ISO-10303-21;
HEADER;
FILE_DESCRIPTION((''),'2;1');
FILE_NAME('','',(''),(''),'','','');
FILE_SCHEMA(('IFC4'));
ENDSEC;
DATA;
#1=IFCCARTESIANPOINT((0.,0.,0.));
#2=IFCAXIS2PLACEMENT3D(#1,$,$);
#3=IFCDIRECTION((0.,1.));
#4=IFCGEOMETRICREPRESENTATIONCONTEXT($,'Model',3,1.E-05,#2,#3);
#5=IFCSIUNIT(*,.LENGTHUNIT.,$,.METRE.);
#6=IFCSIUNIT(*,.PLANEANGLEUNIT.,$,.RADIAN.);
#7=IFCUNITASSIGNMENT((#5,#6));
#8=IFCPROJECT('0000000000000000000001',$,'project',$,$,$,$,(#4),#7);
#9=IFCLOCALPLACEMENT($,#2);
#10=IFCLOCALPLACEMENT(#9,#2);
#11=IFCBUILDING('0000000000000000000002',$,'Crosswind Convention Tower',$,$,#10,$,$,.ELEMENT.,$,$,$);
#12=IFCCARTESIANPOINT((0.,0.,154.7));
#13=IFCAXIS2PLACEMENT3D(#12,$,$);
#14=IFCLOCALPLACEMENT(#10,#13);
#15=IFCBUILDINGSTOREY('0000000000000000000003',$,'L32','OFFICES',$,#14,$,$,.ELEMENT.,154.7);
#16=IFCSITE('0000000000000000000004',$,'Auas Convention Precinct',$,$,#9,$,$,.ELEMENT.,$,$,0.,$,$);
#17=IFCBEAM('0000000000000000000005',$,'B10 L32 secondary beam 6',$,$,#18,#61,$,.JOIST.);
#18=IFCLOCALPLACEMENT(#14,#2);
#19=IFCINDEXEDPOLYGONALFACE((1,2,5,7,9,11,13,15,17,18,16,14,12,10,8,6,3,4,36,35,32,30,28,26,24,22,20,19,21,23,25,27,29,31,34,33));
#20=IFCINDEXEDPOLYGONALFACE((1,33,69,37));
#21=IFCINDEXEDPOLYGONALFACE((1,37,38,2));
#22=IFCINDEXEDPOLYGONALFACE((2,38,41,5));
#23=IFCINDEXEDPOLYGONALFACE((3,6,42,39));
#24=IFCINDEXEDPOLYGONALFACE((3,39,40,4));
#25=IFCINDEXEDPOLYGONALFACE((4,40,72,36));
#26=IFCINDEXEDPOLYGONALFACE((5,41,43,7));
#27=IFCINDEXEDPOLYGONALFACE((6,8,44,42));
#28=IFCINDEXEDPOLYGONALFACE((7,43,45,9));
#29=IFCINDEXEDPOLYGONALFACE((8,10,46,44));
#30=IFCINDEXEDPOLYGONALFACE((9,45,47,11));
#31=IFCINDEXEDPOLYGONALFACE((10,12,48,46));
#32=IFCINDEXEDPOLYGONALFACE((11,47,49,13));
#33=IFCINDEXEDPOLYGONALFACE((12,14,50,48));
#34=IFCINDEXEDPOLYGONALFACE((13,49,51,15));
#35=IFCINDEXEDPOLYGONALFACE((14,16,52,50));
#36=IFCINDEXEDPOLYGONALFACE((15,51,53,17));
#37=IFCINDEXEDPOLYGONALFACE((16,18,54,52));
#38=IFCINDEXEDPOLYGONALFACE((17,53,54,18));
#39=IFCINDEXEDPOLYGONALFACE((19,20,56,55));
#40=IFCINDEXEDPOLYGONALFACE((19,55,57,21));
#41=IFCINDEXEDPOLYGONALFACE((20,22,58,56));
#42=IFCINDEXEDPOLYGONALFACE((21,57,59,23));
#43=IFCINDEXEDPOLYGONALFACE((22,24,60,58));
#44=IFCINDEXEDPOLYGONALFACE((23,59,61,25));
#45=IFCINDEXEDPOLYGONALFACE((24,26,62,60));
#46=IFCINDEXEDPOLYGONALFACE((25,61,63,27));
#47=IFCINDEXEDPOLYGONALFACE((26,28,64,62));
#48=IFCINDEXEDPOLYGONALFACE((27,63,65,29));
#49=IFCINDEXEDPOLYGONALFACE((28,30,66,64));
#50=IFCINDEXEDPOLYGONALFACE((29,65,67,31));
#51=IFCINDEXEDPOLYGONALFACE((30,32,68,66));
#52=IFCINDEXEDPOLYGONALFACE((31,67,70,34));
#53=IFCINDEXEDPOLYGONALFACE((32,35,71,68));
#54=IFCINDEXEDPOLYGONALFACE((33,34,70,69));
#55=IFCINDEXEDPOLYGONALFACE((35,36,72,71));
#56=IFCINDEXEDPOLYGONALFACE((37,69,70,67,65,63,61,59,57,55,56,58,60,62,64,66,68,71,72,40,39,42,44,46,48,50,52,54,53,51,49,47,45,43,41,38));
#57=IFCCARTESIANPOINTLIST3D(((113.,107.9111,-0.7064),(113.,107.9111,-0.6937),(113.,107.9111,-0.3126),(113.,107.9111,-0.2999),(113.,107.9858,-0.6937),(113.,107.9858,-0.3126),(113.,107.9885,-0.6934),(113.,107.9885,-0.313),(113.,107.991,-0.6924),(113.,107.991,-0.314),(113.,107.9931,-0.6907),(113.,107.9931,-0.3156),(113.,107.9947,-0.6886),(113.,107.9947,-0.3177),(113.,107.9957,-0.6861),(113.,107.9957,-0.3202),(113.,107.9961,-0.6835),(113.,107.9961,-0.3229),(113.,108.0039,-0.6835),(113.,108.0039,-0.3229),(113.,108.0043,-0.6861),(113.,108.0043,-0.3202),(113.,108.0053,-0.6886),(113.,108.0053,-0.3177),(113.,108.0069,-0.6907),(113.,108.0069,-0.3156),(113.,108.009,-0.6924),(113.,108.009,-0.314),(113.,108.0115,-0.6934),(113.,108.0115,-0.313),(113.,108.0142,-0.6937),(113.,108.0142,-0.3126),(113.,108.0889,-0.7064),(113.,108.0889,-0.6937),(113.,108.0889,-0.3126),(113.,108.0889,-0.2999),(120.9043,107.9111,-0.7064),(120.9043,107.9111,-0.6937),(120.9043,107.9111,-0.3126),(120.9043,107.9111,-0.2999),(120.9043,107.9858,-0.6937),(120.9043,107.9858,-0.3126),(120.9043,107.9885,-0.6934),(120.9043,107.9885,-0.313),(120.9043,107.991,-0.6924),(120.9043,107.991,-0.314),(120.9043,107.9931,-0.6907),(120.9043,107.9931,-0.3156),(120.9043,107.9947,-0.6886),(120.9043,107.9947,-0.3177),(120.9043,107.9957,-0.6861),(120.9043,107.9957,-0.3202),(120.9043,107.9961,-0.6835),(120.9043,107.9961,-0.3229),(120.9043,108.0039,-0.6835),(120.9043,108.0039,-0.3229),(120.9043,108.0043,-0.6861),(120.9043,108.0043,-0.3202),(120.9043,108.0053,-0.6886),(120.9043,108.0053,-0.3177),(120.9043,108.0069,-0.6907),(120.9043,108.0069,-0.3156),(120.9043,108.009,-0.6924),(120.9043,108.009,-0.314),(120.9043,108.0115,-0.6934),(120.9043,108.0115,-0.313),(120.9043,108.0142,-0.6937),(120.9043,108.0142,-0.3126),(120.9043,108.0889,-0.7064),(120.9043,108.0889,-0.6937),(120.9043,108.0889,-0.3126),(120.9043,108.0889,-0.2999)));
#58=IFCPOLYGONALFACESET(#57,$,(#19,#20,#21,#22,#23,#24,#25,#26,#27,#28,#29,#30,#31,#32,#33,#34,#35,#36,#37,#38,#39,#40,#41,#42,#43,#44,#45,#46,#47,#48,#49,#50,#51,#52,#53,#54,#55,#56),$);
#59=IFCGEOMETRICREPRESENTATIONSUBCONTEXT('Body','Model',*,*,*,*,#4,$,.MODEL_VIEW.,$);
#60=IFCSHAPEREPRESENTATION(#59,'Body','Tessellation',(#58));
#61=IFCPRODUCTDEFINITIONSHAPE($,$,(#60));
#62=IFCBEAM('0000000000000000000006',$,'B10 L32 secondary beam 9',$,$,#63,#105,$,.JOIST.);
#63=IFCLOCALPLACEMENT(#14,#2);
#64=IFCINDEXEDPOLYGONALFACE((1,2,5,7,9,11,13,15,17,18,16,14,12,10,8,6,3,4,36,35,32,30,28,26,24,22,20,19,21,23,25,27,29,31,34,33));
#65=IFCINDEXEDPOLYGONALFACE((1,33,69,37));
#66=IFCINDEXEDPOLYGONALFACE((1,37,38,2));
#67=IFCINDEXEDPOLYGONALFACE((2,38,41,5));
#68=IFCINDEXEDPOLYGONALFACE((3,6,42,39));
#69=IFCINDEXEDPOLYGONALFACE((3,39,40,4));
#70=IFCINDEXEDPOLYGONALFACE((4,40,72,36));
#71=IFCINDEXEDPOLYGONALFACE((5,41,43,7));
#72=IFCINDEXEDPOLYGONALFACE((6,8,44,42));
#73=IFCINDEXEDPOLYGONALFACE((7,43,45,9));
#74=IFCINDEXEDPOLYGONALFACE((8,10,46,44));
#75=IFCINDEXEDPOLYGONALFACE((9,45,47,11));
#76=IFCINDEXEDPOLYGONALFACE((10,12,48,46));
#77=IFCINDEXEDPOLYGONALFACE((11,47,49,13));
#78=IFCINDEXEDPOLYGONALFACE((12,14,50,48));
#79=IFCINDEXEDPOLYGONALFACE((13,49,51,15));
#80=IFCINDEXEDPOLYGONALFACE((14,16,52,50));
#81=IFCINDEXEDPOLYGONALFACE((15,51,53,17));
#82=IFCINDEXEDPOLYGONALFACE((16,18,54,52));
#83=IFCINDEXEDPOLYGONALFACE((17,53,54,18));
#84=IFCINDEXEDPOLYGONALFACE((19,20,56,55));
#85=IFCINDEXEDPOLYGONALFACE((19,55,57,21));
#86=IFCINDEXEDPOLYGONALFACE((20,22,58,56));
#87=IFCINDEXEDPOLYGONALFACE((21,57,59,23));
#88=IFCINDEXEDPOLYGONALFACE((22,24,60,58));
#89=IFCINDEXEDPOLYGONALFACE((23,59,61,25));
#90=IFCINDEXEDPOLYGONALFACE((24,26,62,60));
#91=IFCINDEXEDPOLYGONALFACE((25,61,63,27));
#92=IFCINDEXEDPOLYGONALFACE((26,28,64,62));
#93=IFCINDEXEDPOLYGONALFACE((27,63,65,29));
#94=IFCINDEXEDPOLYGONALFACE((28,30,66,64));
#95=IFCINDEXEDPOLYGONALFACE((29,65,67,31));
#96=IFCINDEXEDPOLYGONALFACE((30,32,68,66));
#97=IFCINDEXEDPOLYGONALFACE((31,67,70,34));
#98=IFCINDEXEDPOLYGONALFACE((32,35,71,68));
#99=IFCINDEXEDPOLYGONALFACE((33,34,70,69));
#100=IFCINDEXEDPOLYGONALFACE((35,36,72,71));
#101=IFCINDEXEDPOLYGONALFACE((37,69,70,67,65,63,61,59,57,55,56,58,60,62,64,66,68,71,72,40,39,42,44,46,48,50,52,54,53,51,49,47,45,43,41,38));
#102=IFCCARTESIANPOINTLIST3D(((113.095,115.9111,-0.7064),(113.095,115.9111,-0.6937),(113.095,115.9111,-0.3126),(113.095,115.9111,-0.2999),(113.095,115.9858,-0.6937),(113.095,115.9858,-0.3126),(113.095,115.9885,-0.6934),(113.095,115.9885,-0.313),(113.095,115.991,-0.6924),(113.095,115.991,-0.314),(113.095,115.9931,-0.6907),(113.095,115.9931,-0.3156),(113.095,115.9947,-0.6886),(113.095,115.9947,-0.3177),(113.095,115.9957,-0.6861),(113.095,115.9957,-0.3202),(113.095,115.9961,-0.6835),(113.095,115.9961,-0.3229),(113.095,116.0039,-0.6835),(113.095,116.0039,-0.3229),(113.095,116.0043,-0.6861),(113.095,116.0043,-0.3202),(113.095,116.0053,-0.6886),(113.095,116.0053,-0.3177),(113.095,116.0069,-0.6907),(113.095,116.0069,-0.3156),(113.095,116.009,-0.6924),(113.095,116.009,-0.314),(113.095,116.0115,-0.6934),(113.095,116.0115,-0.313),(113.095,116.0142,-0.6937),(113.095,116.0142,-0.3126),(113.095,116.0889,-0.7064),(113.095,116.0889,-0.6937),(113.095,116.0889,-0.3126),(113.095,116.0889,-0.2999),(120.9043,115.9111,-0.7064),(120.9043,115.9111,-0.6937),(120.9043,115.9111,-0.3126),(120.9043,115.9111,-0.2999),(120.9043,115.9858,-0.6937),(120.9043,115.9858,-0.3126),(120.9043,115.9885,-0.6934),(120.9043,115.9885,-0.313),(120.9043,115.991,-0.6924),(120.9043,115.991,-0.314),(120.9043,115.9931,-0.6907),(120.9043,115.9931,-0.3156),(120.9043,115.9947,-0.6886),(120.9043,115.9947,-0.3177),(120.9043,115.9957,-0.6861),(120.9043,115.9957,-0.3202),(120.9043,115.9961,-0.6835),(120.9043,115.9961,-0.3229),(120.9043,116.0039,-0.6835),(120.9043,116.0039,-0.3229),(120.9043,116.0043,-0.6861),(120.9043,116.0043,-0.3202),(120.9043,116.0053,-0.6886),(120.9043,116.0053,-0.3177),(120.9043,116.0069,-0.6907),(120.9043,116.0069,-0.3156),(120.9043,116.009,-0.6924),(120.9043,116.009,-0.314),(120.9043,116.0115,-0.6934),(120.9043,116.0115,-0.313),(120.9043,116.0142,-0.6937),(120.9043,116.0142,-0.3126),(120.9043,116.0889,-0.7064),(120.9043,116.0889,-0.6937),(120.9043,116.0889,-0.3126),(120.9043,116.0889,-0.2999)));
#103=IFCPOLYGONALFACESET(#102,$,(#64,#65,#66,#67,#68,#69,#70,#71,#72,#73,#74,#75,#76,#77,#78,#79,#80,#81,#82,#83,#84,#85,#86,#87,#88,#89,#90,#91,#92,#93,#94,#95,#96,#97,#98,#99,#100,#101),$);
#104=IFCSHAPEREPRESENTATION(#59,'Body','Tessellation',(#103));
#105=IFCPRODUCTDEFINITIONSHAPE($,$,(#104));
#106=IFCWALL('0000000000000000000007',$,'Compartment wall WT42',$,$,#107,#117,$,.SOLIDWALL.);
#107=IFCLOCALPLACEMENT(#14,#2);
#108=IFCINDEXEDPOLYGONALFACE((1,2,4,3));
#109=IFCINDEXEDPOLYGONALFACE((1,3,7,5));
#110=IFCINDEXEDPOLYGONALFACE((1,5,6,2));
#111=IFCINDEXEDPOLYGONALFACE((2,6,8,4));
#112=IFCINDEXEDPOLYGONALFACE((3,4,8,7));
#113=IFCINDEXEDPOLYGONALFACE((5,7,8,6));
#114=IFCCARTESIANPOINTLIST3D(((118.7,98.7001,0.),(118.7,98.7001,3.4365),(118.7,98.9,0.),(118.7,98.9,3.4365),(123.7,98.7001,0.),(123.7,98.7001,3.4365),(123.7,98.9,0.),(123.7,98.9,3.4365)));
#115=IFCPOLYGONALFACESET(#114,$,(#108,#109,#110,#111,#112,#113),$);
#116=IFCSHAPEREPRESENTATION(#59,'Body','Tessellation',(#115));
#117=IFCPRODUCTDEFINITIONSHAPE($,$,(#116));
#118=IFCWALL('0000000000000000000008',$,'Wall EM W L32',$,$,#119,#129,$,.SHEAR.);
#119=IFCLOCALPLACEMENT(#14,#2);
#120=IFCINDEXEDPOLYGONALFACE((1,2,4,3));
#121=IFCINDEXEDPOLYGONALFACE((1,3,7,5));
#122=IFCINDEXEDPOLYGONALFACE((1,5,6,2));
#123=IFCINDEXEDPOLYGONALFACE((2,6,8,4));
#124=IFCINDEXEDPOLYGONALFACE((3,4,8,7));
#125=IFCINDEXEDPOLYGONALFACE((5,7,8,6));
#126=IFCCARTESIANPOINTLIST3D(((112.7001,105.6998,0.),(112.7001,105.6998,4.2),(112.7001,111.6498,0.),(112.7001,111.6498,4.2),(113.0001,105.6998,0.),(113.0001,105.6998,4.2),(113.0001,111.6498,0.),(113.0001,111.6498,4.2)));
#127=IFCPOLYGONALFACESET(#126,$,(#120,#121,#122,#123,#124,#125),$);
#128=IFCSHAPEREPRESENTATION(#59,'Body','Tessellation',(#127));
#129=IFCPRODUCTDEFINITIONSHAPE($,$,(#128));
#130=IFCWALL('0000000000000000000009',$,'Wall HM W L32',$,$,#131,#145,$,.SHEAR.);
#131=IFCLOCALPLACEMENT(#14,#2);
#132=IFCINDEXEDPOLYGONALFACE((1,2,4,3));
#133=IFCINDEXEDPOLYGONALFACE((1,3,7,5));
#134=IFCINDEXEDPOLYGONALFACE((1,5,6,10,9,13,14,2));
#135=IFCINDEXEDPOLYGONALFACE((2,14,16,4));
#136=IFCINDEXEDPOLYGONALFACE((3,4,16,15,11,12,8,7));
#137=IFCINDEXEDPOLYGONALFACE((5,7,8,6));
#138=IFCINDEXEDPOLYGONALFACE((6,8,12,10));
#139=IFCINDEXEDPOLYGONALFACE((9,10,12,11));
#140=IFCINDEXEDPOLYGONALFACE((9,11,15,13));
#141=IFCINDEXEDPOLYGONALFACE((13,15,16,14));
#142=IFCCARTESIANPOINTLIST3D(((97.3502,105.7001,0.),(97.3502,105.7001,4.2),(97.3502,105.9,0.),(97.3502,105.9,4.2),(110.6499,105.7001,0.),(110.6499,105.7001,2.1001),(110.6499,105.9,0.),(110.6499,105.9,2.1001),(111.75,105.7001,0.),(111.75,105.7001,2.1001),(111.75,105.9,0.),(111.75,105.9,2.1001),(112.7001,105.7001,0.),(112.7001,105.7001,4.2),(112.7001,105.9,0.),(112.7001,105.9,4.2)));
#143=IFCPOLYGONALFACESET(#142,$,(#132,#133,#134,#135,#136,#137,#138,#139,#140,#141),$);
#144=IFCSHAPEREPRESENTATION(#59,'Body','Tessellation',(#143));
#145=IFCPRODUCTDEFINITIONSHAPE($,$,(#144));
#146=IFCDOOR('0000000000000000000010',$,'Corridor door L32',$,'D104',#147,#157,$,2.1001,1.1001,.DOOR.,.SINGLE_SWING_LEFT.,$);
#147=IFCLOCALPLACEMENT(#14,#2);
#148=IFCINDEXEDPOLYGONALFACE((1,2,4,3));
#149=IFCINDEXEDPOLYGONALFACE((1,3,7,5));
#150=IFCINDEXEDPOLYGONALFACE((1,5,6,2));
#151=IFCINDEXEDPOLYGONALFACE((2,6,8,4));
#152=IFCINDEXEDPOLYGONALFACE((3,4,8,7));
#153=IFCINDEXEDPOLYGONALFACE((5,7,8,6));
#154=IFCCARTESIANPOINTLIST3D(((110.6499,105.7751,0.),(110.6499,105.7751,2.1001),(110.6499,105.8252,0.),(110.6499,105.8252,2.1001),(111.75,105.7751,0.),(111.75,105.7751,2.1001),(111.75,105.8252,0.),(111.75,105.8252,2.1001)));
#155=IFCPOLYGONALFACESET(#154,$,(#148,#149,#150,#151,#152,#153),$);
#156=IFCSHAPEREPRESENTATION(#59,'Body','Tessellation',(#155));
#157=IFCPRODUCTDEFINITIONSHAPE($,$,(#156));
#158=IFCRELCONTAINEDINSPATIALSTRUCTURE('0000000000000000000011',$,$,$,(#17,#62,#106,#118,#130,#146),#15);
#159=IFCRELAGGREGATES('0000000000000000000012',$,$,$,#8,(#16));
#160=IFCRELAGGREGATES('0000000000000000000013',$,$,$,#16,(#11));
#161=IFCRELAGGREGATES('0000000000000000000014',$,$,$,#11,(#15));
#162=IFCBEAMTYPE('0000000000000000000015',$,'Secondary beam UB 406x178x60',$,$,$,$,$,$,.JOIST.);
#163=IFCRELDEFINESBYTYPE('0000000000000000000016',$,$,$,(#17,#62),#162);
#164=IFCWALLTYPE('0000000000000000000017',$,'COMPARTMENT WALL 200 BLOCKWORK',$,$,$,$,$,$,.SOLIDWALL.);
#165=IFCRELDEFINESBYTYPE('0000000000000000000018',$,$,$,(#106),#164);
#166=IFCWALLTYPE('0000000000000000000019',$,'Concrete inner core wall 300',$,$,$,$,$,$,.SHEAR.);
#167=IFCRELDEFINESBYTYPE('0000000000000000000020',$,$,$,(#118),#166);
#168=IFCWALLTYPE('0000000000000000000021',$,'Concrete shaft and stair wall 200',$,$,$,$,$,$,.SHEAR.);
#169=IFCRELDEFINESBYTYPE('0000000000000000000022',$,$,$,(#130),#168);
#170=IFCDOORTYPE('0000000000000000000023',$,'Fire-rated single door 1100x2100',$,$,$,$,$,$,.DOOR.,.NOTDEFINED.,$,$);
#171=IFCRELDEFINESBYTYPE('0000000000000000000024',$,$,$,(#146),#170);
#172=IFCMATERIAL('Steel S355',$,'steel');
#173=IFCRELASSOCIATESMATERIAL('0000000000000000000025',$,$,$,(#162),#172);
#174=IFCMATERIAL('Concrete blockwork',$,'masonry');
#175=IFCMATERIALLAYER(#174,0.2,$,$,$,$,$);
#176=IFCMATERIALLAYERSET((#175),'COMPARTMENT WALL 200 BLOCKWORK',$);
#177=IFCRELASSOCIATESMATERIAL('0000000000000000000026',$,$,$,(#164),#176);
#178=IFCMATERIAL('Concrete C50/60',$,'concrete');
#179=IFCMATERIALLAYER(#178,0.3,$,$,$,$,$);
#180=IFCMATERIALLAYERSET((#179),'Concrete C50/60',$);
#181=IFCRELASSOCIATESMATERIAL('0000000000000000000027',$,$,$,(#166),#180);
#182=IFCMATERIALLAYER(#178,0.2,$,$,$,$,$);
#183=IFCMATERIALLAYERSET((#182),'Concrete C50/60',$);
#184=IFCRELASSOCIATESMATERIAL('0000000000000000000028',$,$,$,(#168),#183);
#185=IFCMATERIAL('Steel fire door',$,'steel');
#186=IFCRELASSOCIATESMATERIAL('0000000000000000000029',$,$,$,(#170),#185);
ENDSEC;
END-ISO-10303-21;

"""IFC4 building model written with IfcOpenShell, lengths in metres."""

from ifc_helpers import new_model, si_unit, direction, frame, frame_2d, origin, origin_2d, place, context, subcontext, project, spatial, rectangle, i_section, extrude, material, layer, layer_set, material_profile, profile_set, type_object, element, fill, save


model = new_model("IFC4")

# Units and contexts
model_context = context("Model", 3, precision=1e-05, world=origin(), true_north=direction((0.0, 1.0)))
body_context = subcontext(model_context, "Body", "Model", "MODEL_VIEW")
ifc_project = project(units=[si_unit("LENGTHUNIT", "METRE"), si_unit("PLANEANGLEUNIT", "RADIAN")], contexts=[model_context])

# Site, building, storey
site_placement = place(None, origin())
site = spatial("IfcSite", under=ifc_project, at=site_placement, Name="Auas Convention Precinct", CompositionType="ELEMENT", RefElevation=0.0)
building_placement = place(site_placement, origin())
building = spatial("IfcBuilding", under=site, at=building_placement, Name="Crosswind Convention Tower", CompositionType="ELEMENT")
storey_placement = place(building_placement, frame((0.0, 0.0, 154.7)))
storey = spatial("IfcBuildingStorey", under=building, at=storey_placement, Name="L32", Description="OFFICES", CompositionType="ELEMENT", Elevation=154.7)

# Shared definitions
ifc_material_1 = material(Name="Steel S355", Category="steel")

# Beams
ifc_material_profile_1 = material_profile(ifc_material_1, i_section(OverallWidth=0.1777, OverallDepth=0.4065, WebThickness=0.0078, FlangeThickness=0.0127, FilletRadius=0.0103, at=origin_2d()), Name="UB 406x178x60")
ifc_profile_set_1 = profile_set([ifc_material_profile_1], Name="Steel S355")
beam_type_1 = type_object("IfcBeamType", Name="Secondary beam UB 406x178x60", PredefinedType="JOIST", material=ifc_profile_set_1)
for number, where, z_axis, x_axis, name in (
    (1, (113.0, 108.0, -0.5032), (1.0, 0.0, 0.0), (0.0, 1.0, 0.0), "B10 L32 secondary beam 6"),
):
    element("IfcBeam", number, at=place(storey_placement, frame(where, z_axis=z_axis, x_axis=x_axis)), inside=storey, type_object=beam_type_1, Name=name, PredefinedType="JOIST", context=body_context, shape_type="SweptSolid", body=[
        extrude(i_section(OverallWidth=0.1777, OverallDepth=0.4065, WebThickness=0.0078, FlangeThickness=0.0127, FilletRadius=0.0103, at=origin_2d()), origin(), (0.0, 0.0, 1.0), 7.9043),
    ])
beam_1_placement = place(storey_placement, frame((113.095, 116.0, -0.5032), z_axis=(1.0, 0.0, 0.0), x_axis=(0.0, 1.0, 0.0)))
element("IfcBeam", 2, at=beam_1_placement, inside=storey, type_object=beam_type_1, Name="B10 L32 secondary beam 9", PredefinedType="JOIST", context=body_context, shape_type="SweptSolid", body=[
    extrude(i_section(OverallWidth=0.1777, OverallDepth=0.4065, WebThickness=0.0078, FlangeThickness=0.0127, FilletRadius=0.0103, at=origin_2d()), origin(), (0.0, 0.0, 1.0), 7.8093),
])

# Wall
ifc_material_2 = material(Name="Concrete blockwork", Category="masonry")
ifc_layer_1 = layer(ifc_material_2, 0.2)
ifc_layer_set_1 = layer_set([ifc_layer_1], Name="COMPARTMENT WALL 200 BLOCKWORK")
wall_type_1 = type_object("IfcWallType", Name="COMPARTMENT WALL 200 BLOCKWORK", PredefinedType="SOLIDWALL", material=ifc_layer_set_1)
wall_1_placement = place(storey_placement, frame((118.7, 98.8, 0.0), z_axis=(0.0, 0.0, 1.0), x_axis=(1.0, 0.0, 0.0)))
element("IfcWall", 3, at=wall_1_placement, inside=storey, type_object=wall_type_1, Name="Compartment wall WT42", PredefinedType="SOLIDWALL", context=body_context, shape_type="SweptSolid", body=[
    extrude(rectangle(XDim=5.0, YDim=0.2, at=frame_2d((2.5, 0.0))), origin(), (0.0, 0.0, 1.0), 3.4365),
])

# Shared definitions
ifc_material_3 = material(Name="Concrete C50/60", Category="concrete")
ifc_layer_2 = layer(ifc_material_3, 0.3)
ifc_layer_set_2 = layer_set([ifc_layer_2], Name="Concrete C50/60")
wall_type_2 = type_object("IfcWallType", Name="Concrete inner core wall 300", PredefinedType="SHEAR", material=ifc_layer_set_2)

# Wall
wall_2_placement = place(storey_placement, frame((112.8501, 111.6499, 0.0), z_axis=(0.0, 0.0, 1.0), x_axis=(0.0, -1.0, 0.0)))
element("IfcWall", 4, at=wall_2_placement, inside=storey, type_object=wall_type_2, Name="Wall EM W L32", PredefinedType="SHEAR", context=body_context, shape_type="SweptSolid", body=[
    extrude(rectangle(XDim=5.95, YDim=0.3, at=frame_2d((2.9751, 0.0))), origin(), (0.0, 0.0, 1.0), 4.2),
])

# Wall, opening, door
ifc_layer_3 = layer(ifc_material_3, 0.2)
ifc_layer_set_3 = layer_set([ifc_layer_3], Name="Concrete C50/60")
wall_type_3 = type_object("IfcWallType", Name="Concrete shaft and stair wall 200", PredefinedType="SHEAR", material=ifc_layer_set_3)
wall_3_placement = place(storey_placement, frame((112.7, 105.8, 0.0), z_axis=(0.0, 0.0, 1.0), x_axis=(-1.0, 0.0, 0.0)))
wall_3 = element("IfcWall", 5, at=wall_3_placement, inside=storey, type_object=wall_type_3, Name="Wall HM W L32", PredefinedType="SHEAR", context=body_context, shape_type="SweptSolid", body=[
    extrude(rectangle(XDim=15.3499, YDim=0.2, at=frame_2d((7.6748, 0.0))), origin(), (0.0, 0.0, 1.0), 4.2),
])
opening_1_placement = place(wall_3_placement, frame((0.95, 0.0, 0.0)))
opening_1 = element("IfcOpeningElement", 6, at=opening_1_placement, cuts=wall_3, PredefinedType="OPENING", context=body_context, shape_type="SweptSolid", body=[
    extrude(rectangle(XDim=1.1001, YDim=2.1001, at=frame_2d((0.55, 1.05))), frame((0.0, 0.1099, 0.0), z_axis=(0.0, -1.0, 0.0), x_axis=(1.0, 0.0, 0.0)), (0.0, 0.0, 1.0), 0.22),
])
ifc_material_4 = material(Name="Steel fire door", Category="steel")
door_type_1 = type_object("IfcDoorType", Name="Fire-rated single door 1100x2100", OperationType="NOTDEFINED", PredefinedType="DOOR", material=ifc_material_4)
door_1_placement = place(opening_1_placement, origin())
door_1 = element("IfcDoor", 7, at=door_1_placement, inside=storey, type_object=door_type_1, Name="Corridor door L32", ObjectType="D104", OperationType="SINGLE_SWING_LEFT", OverallHeight=2.1001, OverallWidth=1.1001, PredefinedType="DOOR", context=body_context, shape_type="SweptSolid", body=[
    extrude(rectangle(XDim=1.1001, YDim=2.1001, at=frame_2d((0.55, 1.05))), frame((0.0, 0.0249, 0.0), z_axis=(0.0, -1.0, 0.0), x_axis=(1.0, 0.0, 0.0)), (0.0, 0.0, 1.0), 0.05),
])
fill(opening_1, door_1)

save(model, "model.ifc")
